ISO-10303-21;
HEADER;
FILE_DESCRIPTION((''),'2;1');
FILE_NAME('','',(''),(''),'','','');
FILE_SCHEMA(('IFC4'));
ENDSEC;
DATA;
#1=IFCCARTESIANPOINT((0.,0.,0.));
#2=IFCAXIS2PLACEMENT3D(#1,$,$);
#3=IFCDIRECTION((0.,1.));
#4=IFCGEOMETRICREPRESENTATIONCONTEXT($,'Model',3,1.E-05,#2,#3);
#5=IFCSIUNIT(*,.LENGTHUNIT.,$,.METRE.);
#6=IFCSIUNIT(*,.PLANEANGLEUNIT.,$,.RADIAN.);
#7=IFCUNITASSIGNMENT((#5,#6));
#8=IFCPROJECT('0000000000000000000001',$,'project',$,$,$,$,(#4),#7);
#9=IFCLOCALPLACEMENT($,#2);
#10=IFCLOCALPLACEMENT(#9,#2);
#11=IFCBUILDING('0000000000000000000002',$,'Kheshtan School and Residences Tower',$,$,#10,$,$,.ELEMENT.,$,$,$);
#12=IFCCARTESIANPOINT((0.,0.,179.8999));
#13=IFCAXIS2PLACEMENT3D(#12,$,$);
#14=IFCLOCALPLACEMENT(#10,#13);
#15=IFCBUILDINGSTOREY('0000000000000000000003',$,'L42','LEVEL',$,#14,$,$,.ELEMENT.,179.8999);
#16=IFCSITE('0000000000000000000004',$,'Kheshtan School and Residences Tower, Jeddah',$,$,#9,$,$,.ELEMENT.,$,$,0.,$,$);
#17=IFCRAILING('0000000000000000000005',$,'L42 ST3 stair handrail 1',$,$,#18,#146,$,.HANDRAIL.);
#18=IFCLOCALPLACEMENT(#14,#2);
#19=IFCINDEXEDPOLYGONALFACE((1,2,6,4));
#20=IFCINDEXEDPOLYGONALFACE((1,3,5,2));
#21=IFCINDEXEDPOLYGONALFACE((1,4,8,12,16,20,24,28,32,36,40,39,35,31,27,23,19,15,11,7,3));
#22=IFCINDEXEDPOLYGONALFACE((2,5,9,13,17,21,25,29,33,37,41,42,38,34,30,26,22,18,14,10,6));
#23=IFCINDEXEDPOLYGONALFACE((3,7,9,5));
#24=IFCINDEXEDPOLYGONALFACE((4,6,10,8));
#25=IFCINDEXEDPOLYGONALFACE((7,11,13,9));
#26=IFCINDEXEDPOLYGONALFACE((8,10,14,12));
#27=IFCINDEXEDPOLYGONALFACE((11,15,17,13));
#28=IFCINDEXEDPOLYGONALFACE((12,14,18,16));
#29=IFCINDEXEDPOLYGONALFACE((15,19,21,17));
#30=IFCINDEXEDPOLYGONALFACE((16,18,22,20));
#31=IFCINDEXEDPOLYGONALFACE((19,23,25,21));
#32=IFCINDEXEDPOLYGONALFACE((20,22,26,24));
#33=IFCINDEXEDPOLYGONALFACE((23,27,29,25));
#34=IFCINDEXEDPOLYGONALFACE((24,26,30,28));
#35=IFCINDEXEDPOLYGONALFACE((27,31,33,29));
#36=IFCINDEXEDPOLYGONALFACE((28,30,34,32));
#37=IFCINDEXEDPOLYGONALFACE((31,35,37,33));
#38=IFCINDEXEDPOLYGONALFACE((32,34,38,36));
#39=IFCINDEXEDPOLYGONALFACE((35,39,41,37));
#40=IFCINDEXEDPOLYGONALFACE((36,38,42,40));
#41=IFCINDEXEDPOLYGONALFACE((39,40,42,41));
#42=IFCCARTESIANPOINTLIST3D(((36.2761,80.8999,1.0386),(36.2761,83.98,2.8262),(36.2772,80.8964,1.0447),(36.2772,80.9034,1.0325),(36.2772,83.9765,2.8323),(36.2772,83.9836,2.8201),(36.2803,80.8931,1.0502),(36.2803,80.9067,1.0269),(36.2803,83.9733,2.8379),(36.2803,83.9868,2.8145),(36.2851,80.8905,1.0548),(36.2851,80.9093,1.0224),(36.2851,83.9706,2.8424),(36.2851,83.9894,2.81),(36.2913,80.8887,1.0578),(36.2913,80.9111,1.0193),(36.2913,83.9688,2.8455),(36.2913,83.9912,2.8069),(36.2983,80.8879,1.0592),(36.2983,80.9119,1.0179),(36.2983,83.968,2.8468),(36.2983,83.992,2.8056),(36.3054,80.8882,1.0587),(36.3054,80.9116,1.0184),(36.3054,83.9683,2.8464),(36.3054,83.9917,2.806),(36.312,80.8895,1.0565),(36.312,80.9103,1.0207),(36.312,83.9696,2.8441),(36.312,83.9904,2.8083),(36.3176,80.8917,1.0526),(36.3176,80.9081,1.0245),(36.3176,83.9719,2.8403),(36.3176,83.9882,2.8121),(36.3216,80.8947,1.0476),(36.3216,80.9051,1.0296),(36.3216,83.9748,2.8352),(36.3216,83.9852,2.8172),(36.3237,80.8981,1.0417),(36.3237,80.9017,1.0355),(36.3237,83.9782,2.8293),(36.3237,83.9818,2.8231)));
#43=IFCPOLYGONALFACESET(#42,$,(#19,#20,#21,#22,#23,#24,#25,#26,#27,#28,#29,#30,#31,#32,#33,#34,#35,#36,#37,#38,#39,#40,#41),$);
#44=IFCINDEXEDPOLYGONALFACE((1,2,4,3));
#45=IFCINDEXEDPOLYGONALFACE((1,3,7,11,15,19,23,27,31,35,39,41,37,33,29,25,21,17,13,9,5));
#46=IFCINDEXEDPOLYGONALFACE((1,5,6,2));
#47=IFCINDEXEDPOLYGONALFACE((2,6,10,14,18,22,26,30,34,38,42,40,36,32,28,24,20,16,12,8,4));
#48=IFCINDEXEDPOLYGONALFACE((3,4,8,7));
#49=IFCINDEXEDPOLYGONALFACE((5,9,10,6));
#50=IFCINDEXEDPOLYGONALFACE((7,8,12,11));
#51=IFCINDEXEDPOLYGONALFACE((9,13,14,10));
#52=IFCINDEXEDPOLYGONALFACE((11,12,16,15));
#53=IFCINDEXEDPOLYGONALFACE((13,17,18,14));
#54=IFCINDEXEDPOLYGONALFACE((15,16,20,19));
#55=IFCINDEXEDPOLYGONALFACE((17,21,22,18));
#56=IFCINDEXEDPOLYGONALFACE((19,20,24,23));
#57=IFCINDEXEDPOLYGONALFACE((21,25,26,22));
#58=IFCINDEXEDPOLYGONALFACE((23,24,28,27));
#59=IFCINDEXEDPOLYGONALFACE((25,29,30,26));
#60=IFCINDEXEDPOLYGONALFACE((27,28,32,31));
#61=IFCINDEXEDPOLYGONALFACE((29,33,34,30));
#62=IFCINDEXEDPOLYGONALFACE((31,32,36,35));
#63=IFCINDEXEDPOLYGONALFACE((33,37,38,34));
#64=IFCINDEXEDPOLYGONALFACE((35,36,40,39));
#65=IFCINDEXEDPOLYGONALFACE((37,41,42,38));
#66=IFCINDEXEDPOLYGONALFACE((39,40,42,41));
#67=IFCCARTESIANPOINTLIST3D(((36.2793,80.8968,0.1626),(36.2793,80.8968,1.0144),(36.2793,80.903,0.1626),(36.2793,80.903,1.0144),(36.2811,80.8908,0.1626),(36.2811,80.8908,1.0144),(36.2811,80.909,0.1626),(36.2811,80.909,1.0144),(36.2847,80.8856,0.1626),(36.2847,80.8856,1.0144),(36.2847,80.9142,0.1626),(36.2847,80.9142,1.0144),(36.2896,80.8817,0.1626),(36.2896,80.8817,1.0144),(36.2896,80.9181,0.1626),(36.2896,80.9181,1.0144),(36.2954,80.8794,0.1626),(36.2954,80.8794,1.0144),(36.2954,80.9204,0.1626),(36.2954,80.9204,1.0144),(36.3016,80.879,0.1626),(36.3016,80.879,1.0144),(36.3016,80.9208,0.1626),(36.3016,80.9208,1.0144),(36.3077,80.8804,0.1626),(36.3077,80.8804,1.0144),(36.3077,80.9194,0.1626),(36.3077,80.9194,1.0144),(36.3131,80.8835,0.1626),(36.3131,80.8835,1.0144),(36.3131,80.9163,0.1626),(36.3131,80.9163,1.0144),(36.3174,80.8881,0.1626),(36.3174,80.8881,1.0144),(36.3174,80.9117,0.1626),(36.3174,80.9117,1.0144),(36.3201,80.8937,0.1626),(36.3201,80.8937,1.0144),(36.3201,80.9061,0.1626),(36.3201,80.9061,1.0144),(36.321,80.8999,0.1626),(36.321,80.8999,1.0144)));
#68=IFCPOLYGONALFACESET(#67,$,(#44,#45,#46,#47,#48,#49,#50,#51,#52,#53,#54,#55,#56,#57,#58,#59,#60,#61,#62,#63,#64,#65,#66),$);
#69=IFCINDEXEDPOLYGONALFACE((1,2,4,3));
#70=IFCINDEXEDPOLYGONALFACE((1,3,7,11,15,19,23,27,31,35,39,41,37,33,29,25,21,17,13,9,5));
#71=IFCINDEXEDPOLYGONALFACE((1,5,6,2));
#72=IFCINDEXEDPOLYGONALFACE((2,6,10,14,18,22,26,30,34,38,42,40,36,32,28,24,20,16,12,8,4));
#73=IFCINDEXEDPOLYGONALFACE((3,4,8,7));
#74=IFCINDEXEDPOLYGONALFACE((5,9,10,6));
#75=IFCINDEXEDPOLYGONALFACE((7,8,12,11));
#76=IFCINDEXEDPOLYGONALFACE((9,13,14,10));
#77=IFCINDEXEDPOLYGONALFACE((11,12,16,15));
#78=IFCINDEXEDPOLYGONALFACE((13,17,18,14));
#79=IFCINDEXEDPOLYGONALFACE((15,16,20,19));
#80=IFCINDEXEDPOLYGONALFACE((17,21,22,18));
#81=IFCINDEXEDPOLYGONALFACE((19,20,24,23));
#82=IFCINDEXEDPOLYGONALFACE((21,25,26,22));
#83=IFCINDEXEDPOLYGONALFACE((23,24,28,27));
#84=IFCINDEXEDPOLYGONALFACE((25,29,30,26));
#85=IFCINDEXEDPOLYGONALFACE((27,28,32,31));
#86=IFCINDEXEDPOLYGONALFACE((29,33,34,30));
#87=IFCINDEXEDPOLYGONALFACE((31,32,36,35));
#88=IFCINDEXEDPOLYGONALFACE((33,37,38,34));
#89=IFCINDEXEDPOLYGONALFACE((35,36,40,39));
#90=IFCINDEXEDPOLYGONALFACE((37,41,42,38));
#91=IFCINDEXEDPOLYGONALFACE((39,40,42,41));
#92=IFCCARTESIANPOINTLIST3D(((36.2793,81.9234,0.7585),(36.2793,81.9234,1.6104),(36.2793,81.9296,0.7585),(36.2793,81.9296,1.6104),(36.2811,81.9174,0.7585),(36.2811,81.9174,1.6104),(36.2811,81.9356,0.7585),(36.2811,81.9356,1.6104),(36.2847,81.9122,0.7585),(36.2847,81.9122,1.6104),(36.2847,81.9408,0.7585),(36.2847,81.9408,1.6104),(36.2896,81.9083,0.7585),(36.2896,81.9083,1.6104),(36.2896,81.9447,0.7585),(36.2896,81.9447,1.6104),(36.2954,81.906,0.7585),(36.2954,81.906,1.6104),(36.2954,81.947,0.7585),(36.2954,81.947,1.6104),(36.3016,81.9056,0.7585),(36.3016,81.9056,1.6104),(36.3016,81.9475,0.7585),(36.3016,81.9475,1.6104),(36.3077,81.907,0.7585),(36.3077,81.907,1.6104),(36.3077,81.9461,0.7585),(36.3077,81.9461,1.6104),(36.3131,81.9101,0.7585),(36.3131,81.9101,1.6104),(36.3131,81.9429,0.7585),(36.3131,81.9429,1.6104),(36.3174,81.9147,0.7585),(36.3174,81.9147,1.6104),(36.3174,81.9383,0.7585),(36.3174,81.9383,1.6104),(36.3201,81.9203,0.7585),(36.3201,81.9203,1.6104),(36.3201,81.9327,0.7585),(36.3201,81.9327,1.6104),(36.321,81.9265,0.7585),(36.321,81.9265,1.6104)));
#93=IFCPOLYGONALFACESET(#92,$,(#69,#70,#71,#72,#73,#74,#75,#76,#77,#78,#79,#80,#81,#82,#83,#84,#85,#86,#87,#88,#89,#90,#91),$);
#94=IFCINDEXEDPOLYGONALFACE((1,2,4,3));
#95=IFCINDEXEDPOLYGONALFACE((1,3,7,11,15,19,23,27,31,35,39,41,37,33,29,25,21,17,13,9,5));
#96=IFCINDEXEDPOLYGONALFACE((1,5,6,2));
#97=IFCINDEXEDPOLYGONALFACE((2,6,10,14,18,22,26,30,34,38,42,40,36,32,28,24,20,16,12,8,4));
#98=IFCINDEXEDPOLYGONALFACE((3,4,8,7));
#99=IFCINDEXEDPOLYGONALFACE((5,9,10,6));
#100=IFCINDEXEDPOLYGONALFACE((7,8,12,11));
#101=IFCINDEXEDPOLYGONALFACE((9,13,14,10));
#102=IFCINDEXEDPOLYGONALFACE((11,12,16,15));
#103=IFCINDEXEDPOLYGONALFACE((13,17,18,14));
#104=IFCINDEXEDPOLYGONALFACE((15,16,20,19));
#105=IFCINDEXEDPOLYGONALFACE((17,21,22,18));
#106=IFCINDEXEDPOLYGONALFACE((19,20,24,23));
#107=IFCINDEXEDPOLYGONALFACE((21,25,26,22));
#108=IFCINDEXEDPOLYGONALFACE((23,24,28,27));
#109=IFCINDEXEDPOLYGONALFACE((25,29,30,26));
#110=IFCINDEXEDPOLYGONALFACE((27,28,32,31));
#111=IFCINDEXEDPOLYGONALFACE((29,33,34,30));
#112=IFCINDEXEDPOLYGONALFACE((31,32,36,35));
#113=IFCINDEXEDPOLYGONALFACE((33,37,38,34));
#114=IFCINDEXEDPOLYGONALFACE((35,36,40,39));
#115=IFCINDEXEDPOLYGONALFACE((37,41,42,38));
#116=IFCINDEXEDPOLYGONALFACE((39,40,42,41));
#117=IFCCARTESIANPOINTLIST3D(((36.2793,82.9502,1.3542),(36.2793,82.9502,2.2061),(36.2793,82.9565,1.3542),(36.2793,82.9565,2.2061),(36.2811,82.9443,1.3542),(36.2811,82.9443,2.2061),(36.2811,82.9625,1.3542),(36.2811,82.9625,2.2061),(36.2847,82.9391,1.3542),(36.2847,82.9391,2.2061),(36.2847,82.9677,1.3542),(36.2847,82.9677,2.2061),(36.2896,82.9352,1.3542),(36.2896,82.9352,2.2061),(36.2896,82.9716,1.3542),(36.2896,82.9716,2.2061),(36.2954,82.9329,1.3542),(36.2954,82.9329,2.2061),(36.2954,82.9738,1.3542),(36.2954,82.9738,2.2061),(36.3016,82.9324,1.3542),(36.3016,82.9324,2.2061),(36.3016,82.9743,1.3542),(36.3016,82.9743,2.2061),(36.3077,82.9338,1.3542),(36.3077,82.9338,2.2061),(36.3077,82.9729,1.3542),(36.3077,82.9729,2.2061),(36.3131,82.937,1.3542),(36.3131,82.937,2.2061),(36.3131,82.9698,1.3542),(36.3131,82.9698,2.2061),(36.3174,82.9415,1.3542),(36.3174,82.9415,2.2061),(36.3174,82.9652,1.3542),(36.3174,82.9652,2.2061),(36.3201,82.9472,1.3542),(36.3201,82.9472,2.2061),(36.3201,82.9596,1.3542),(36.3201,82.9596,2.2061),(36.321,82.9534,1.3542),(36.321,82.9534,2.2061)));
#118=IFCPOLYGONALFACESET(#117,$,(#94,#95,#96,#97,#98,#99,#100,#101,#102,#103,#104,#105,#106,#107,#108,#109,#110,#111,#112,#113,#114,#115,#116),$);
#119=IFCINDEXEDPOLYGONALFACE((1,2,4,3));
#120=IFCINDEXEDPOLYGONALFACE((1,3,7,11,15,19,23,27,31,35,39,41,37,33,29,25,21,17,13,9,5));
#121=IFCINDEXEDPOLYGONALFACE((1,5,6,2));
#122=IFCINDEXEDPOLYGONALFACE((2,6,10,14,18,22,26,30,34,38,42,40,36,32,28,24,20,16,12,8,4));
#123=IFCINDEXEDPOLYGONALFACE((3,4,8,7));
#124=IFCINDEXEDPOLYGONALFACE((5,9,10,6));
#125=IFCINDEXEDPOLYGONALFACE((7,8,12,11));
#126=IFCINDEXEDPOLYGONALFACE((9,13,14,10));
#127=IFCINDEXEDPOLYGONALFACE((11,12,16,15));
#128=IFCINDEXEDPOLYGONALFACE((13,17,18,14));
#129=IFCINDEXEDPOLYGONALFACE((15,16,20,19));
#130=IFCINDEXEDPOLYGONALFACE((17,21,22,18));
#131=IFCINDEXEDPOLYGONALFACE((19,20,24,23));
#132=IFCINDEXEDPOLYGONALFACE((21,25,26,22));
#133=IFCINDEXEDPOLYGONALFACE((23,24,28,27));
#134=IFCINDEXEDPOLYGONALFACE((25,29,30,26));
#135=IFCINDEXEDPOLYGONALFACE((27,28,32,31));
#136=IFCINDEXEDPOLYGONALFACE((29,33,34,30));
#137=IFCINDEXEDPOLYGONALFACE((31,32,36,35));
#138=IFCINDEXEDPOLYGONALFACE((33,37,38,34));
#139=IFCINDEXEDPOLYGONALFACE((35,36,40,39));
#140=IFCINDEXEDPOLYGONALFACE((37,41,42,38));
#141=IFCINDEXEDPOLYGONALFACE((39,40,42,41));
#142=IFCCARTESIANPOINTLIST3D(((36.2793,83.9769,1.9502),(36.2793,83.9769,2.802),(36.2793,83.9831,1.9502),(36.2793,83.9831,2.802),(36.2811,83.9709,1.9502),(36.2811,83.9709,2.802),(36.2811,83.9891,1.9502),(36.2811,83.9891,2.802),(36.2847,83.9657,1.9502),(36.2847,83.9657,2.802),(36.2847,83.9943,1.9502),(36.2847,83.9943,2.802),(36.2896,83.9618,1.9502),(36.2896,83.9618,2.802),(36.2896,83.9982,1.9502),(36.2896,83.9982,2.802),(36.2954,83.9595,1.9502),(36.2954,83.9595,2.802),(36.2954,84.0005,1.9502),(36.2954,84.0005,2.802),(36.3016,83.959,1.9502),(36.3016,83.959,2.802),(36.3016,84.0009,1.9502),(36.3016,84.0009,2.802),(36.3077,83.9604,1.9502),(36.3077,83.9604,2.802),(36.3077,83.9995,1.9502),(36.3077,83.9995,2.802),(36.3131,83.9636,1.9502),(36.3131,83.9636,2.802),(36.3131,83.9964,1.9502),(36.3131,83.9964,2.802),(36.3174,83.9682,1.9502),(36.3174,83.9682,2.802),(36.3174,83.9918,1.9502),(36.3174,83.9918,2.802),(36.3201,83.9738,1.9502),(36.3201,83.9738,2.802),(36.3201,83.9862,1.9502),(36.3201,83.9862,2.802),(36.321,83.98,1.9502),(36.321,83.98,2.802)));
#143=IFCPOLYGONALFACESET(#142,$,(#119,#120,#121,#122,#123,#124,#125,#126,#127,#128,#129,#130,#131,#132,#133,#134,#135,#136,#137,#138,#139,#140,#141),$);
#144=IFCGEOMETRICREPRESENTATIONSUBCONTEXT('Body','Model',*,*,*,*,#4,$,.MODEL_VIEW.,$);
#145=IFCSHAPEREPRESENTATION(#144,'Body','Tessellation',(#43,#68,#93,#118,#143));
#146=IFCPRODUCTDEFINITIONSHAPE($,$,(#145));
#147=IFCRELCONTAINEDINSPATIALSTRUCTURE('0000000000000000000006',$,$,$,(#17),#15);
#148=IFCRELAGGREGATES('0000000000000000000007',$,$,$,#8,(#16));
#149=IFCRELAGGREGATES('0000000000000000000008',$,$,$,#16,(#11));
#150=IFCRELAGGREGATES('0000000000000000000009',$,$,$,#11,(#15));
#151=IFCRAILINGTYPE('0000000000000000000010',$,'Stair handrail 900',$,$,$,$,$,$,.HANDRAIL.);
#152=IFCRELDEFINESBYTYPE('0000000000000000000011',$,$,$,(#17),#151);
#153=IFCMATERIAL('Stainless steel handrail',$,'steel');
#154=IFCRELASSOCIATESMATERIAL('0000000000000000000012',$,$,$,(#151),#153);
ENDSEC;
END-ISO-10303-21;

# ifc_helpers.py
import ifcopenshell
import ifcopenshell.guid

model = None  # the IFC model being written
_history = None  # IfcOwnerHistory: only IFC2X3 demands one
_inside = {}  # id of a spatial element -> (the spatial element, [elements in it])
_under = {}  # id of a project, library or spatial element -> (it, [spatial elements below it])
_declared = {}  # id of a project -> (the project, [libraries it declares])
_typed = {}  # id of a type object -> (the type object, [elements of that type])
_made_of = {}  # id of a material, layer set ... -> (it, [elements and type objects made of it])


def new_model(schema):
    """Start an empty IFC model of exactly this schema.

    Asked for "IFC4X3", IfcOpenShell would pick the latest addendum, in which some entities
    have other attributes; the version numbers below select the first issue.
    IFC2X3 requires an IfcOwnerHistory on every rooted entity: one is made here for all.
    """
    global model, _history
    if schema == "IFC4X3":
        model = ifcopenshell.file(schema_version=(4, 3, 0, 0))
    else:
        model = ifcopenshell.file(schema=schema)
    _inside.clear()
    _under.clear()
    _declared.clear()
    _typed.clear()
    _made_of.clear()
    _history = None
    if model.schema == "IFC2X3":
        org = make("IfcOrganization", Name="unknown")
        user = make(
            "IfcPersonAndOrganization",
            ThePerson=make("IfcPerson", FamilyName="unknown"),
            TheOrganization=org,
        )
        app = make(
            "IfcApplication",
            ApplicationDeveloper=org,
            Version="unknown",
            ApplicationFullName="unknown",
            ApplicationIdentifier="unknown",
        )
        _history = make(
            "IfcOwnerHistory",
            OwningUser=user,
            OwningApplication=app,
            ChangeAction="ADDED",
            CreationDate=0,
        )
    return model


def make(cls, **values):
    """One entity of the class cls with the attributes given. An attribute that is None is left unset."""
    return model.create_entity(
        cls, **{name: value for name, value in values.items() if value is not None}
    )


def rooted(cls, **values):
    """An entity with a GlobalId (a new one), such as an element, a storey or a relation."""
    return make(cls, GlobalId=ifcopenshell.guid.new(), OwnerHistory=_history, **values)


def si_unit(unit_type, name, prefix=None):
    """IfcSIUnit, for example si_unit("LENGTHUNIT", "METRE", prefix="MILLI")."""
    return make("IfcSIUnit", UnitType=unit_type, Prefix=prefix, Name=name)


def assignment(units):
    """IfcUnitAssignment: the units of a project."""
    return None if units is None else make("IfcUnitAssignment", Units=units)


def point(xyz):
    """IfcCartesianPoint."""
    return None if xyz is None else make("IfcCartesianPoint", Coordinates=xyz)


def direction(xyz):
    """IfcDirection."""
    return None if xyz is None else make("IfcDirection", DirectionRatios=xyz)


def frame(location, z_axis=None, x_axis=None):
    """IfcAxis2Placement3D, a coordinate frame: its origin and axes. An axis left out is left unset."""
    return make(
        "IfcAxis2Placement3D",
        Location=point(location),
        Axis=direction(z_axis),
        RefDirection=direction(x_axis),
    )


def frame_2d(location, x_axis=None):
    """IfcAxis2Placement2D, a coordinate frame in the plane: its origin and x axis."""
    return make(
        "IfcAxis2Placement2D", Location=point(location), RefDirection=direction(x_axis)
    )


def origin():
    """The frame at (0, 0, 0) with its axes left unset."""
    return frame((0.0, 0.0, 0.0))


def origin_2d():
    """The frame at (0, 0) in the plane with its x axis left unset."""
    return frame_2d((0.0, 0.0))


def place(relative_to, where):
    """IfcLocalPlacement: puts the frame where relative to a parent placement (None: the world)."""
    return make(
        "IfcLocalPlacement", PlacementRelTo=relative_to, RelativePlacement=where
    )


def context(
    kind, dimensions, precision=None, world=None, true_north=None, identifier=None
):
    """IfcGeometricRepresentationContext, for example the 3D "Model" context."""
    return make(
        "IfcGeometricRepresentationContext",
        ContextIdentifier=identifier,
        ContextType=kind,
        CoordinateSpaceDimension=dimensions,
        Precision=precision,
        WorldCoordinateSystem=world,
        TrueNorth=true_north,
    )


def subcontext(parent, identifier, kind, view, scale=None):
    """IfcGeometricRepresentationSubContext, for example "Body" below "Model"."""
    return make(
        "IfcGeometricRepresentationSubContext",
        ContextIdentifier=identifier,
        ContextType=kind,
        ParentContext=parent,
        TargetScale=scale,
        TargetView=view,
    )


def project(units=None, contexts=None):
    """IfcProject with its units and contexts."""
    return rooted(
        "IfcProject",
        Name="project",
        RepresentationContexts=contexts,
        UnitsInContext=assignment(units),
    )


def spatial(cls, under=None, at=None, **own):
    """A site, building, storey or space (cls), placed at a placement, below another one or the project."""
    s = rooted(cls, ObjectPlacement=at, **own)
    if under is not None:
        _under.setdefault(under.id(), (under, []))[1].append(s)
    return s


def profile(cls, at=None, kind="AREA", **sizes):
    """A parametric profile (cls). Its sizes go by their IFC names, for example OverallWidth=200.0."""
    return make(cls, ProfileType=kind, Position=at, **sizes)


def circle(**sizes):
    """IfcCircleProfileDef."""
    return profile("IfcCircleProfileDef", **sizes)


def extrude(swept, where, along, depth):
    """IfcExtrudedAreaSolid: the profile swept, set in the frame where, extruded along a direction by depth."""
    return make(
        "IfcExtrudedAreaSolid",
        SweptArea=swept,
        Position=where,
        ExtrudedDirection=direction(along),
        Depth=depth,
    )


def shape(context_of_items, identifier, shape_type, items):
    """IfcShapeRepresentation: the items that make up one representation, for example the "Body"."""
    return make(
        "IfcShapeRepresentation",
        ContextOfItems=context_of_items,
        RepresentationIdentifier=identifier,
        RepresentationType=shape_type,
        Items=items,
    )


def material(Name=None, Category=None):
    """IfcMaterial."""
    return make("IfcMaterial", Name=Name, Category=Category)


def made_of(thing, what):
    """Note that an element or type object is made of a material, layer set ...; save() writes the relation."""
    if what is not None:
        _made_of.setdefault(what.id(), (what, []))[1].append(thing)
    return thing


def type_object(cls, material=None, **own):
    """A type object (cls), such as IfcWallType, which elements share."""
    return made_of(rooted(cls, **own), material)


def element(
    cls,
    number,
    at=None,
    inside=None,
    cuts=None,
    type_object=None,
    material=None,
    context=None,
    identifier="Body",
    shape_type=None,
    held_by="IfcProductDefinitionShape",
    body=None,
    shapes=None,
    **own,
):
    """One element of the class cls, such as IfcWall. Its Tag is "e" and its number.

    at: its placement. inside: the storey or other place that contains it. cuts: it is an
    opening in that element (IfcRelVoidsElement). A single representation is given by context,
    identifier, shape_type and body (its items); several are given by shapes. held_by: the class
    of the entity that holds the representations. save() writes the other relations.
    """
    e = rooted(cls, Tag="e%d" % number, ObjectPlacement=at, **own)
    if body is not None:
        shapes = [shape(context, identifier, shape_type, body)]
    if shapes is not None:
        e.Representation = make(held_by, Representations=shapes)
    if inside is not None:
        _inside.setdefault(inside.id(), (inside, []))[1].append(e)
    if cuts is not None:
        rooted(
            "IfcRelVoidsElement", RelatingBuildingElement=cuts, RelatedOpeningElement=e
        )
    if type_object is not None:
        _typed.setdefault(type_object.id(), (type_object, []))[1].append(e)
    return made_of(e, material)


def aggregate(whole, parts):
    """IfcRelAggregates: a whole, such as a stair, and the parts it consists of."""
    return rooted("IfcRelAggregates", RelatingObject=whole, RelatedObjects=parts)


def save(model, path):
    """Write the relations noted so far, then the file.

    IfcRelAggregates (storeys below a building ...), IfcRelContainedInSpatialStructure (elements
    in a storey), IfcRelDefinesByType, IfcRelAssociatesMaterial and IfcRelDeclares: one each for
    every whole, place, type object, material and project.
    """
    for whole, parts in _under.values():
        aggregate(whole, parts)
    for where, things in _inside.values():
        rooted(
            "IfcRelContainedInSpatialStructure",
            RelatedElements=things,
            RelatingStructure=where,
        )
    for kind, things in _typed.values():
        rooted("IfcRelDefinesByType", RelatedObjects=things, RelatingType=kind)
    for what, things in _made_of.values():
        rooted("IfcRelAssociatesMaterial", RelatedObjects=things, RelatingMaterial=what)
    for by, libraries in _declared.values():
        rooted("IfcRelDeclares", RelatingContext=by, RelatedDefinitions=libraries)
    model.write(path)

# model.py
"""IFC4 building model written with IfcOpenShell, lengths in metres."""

from ifc_helpers import new_model, si_unit, direction, frame, origin, origin_2d, place, context, subcontext, project, spatial, circle, extrude, material, type_object, element, save


model = new_model("IFC4")

# Units and contexts
model_context = context("Model", 3, precision=1e-05, world=origin(), true_north=direction((0.0, 1.0)))
body_context = subcontext(model_context, "Body", "Model", "MODEL_VIEW")
ifc_project = project(units=[si_unit("LENGTHUNIT", "METRE"), si_unit("PLANEANGLEUNIT", "RADIAN")], contexts=[model_context])

# Site, building, storey
site_placement = place(None, origin())
site = spatial("IfcSite", under=ifc_project, at=site_placement, Name="Kheshtan School and Residences Tower, Jeddah", CompositionType="ELEMENT", RefElevation=0.0)
building_placement = place(site_placement, origin())
building = spatial("IfcBuilding", under=site, at=building_placement, Name="Kheshtan School and Residences Tower", CompositionType="ELEMENT")
storey_placement = place(building_placement, frame((0.0, 0.0, 179.8999)))
storey = spatial("IfcBuildingStorey", under=building, at=storey_placement, Name="L42", Description="LEVEL", CompositionType="ELEMENT", Elevation=179.8999)

# Railing
ifc_material_1 = material(Name="Stainless steel handrail", Category="steel")
railing_type_1 = type_object("IfcRailingType", Name="Stair handrail 900", PredefinedType="HANDRAIL", material=ifc_material_1)
railing_1_placement = place(storey_placement, frame((36.3, 80.8999, 0.1626)))
element("IfcRailing", 1, at=railing_1_placement, inside=storey, type_object=railing_type_1, Name="L42 ST3 stair handrail 1", PredefinedType="HANDRAIL", context=body_context, shape_type="SweptSolid", body=[
    extrude(circle(Radius=0.0239, at=origin_2d()), frame((0.0, 0.0, 0.876), z_axis=(0.0, 0.864891, 0.50196), x_axis=(-1.0, 0.0, 0.0)), (0.0, 0.0, 1.0), 3.5613),
    extrude(circle(Radius=0.021, at=origin_2d()), origin(), (0.0, 0.0, 1.0), 0.8518),
    extrude(circle(Radius=0.021, at=origin_2d()), frame((0.0, 1.0266, 0.5959)), (0.0, 0.0, 1.0), 0.8518),
    extrude(circle(Radius=0.021, at=origin_2d()), frame((0.0, 2.0535, 1.1917)), (0.0, 0.0, 1.0), 0.8518),
    extrude(circle(Radius=0.021, at=origin_2d()), frame((0.0, 3.0801, 1.7876)), (0.0, 0.0, 1.0), 0.8518),
])

save(model, "model.ifc")
